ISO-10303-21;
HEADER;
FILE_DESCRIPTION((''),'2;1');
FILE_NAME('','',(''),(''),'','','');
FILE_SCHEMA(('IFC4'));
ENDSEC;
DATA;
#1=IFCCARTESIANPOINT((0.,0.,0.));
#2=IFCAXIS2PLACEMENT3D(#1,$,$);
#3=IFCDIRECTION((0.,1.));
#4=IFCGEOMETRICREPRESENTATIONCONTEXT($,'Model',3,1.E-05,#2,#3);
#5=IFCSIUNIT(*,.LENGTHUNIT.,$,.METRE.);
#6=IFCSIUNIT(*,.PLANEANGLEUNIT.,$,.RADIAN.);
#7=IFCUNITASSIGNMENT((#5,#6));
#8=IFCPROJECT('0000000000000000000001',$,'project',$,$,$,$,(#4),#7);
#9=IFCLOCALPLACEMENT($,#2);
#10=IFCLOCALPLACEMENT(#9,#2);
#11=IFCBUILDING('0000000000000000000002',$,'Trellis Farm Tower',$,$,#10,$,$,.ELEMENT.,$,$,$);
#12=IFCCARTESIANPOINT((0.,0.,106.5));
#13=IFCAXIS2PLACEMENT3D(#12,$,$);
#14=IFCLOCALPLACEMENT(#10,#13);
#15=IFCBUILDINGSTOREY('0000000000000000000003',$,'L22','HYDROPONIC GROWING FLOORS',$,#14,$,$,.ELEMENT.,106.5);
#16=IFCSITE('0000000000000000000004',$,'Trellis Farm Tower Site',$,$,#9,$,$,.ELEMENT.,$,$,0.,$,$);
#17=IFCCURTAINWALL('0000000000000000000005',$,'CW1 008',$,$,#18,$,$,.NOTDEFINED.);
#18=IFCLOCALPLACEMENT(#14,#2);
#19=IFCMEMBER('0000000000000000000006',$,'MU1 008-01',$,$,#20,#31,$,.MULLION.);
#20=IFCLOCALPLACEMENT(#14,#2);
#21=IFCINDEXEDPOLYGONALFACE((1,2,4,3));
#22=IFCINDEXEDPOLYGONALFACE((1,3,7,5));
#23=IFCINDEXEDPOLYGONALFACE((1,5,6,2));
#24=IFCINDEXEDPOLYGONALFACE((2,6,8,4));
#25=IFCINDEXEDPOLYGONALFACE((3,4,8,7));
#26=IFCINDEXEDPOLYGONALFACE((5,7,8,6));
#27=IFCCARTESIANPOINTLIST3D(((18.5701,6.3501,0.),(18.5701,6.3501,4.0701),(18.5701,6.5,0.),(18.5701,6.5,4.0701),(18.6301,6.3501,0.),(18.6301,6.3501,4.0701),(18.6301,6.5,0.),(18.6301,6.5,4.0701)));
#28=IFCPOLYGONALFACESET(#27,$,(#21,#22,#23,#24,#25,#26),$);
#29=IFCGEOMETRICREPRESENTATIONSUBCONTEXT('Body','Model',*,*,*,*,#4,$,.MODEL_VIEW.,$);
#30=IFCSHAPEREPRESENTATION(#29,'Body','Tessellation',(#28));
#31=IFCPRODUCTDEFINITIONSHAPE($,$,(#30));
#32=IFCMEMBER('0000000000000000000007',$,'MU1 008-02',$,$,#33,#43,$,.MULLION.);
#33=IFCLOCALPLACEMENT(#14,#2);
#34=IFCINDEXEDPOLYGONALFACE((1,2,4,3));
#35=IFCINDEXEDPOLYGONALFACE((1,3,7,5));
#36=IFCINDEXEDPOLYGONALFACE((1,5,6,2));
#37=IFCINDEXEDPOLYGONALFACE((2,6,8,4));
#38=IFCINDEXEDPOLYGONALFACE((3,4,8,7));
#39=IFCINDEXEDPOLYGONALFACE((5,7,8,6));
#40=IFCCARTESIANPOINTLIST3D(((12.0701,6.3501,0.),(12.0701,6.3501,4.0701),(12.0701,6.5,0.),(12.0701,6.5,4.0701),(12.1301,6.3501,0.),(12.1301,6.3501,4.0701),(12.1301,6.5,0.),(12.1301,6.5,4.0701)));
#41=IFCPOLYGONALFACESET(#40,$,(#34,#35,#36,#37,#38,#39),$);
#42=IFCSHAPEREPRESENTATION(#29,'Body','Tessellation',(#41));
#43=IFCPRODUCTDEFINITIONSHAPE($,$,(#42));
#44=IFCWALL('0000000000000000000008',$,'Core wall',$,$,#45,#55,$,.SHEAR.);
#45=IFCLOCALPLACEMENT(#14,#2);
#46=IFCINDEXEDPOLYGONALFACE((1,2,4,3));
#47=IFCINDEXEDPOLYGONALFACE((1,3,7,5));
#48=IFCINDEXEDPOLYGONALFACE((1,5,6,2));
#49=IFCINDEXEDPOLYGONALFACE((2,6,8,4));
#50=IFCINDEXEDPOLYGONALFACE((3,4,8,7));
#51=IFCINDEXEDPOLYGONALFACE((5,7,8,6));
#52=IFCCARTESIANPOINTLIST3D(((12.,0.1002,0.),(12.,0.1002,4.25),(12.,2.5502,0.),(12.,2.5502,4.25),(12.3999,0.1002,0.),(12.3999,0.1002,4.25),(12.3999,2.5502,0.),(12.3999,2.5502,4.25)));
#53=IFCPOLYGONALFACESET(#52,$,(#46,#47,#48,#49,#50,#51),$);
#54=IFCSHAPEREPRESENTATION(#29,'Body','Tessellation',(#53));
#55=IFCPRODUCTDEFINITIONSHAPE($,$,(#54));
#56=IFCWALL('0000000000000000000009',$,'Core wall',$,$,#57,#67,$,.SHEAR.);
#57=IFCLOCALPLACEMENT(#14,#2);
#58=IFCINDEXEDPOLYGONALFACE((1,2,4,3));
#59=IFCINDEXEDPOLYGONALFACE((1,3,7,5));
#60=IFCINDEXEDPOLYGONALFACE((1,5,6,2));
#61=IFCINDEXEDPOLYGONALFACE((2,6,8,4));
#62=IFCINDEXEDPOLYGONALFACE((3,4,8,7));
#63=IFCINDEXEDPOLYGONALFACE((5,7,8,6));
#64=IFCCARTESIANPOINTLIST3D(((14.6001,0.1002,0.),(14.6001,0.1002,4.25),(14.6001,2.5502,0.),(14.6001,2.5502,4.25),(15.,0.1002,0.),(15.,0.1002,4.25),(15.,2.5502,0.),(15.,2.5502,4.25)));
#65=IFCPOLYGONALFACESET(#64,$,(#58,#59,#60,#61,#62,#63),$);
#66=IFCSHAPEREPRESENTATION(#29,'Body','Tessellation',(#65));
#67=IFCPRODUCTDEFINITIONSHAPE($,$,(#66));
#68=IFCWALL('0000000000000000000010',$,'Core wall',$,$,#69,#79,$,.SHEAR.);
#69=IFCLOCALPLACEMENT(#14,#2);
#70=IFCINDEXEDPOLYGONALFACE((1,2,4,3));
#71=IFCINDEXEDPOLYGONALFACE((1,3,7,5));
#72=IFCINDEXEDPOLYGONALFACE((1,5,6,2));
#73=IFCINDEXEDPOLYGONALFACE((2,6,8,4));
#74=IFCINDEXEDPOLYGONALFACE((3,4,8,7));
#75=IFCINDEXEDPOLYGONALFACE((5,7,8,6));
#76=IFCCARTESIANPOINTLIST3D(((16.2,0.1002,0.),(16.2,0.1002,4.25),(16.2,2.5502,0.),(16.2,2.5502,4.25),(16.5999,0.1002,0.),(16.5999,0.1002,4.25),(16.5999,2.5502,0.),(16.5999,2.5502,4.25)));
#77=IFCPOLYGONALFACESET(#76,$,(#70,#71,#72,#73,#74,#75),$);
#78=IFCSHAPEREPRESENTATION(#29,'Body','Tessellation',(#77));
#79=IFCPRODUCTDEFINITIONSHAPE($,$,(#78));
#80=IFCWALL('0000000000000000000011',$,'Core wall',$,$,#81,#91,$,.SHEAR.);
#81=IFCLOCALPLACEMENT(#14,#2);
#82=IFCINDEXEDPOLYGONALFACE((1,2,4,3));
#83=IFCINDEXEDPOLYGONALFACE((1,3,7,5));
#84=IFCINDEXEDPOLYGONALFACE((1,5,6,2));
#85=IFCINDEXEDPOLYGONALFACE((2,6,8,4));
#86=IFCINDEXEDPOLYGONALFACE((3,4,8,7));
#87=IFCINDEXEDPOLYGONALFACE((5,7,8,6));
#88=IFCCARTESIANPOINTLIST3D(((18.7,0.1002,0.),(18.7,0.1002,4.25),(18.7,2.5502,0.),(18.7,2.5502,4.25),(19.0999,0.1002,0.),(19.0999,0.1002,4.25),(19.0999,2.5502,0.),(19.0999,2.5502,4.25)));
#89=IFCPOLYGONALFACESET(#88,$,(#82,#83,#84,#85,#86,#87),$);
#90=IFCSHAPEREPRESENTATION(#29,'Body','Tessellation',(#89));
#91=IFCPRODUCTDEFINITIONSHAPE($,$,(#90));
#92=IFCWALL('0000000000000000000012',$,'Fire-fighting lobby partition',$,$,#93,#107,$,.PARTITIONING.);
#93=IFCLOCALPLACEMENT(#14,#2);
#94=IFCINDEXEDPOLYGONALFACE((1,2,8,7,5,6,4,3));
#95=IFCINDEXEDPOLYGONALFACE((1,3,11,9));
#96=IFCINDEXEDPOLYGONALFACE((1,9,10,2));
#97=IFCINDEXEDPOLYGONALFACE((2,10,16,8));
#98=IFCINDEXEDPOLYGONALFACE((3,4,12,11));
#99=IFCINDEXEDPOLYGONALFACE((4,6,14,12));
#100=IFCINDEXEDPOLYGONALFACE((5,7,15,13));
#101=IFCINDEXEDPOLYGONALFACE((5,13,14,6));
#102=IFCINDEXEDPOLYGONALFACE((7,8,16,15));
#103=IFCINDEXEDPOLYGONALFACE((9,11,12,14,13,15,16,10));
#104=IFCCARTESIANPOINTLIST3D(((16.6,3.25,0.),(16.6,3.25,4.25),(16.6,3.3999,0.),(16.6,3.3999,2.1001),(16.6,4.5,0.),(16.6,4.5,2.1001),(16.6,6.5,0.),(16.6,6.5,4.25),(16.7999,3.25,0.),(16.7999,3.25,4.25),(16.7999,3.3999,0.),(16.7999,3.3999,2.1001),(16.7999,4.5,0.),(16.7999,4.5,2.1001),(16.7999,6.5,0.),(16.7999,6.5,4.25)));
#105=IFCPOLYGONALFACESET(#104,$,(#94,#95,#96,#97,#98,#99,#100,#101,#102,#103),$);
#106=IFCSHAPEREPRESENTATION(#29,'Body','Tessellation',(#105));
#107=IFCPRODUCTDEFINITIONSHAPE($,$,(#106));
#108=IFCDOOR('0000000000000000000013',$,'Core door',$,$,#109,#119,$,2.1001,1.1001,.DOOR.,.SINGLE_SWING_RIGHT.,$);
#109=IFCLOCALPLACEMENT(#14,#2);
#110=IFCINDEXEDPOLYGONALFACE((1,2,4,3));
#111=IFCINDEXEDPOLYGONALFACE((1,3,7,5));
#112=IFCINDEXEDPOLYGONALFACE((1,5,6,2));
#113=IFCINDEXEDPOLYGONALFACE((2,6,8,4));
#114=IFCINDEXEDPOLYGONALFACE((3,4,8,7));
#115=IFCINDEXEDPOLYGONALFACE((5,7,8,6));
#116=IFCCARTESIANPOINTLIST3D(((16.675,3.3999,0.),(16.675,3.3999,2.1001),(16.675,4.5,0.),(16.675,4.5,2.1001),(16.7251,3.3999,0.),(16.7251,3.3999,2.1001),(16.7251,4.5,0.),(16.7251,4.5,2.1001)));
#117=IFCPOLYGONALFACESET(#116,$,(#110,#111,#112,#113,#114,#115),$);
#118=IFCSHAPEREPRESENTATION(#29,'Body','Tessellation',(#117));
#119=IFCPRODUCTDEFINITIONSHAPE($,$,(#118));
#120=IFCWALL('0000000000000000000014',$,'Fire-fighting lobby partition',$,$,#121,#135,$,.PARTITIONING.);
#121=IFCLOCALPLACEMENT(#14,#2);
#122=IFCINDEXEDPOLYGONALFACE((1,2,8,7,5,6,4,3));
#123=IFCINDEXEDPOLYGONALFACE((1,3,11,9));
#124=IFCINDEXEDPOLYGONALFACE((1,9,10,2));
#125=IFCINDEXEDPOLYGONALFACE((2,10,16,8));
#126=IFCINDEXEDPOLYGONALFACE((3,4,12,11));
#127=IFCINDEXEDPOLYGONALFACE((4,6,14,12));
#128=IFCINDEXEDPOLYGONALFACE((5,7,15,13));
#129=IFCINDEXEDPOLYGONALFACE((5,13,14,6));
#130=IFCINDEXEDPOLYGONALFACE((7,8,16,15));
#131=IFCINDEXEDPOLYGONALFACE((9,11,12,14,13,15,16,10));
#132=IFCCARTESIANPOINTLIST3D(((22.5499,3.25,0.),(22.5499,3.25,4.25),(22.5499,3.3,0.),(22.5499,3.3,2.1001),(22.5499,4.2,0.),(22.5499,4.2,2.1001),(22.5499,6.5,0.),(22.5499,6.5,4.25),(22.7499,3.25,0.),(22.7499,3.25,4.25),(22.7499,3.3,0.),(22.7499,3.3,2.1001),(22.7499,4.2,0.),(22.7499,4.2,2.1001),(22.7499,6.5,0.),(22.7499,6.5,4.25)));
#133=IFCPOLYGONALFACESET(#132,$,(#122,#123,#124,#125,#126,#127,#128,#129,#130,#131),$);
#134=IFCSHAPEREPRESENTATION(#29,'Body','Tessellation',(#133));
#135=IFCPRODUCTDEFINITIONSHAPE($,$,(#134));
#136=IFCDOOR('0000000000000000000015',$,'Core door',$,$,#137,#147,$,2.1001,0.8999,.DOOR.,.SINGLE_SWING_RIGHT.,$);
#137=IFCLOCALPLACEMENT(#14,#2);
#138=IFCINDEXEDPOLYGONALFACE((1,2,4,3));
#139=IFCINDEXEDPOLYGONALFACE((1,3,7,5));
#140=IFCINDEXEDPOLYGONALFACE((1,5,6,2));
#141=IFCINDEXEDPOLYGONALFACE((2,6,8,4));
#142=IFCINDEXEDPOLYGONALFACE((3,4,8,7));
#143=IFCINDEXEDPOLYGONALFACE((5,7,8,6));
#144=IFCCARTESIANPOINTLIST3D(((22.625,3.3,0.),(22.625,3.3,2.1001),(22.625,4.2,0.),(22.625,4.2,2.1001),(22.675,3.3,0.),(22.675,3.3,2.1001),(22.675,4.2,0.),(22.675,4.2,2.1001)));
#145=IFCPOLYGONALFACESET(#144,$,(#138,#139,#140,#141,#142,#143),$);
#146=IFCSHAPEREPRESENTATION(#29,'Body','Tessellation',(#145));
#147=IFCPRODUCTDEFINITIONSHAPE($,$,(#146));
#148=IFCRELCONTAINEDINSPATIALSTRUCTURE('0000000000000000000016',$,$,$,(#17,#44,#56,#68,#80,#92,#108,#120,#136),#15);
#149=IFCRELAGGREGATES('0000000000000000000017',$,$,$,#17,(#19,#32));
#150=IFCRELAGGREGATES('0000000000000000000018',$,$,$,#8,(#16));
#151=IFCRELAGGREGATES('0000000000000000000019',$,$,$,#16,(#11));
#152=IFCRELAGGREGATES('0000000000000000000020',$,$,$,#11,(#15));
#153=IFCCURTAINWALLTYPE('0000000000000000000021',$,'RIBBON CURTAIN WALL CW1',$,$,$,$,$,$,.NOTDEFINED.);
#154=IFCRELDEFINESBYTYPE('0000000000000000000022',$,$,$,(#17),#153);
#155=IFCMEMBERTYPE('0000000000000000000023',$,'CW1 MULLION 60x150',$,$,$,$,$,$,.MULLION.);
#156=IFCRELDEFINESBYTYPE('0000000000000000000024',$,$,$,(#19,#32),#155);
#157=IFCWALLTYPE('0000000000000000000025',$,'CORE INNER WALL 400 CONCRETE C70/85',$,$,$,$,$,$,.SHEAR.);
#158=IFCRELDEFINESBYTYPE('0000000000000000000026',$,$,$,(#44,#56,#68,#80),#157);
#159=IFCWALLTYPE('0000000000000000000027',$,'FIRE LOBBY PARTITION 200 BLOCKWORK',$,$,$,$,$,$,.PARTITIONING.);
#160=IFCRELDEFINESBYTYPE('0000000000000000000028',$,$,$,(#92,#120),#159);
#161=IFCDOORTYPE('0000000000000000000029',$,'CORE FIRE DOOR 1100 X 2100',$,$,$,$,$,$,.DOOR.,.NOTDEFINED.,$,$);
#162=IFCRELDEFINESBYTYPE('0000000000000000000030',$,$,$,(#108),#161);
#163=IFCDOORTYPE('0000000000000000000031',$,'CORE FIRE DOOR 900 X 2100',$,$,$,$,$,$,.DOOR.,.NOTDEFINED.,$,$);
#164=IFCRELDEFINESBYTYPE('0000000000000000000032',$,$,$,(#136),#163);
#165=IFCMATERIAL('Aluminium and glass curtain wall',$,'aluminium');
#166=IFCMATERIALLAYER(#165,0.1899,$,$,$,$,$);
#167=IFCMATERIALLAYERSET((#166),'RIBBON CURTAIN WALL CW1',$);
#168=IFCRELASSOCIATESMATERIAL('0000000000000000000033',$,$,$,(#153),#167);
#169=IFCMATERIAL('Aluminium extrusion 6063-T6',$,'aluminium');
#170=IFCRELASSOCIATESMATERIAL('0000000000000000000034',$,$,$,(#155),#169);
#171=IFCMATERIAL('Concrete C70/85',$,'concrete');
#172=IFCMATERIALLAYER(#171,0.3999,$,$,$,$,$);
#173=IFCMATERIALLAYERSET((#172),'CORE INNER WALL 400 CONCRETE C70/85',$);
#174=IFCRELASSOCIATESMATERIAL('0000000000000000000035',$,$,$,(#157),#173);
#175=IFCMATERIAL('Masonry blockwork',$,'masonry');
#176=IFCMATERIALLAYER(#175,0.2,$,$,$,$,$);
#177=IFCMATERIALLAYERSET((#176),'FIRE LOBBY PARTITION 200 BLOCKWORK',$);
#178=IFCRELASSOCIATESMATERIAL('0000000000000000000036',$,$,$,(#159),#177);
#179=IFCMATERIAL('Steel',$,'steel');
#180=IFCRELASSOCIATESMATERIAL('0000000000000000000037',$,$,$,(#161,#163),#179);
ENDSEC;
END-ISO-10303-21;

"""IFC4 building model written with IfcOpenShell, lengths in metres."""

from ifc_helpers import new_model, si_unit, direction, frame, frame_2d, origin, origin_2d, place, context, subcontext, project, spatial, rectangle, extrude, source, transform, mapped, material, layer, layer_set, material_profile, profile_set, type_object, element, fill, aggregate, save


model = new_model("IFC4")

# Units and contexts
model_context = context("Model", 3, precision=1e-05, world=origin(), true_north=direction((0.0, 1.0)))
body_context = subcontext(model_context, "Body", "Model", "MODEL_VIEW")
ifc_project = project(units=[si_unit("LENGTHUNIT", "METRE"), si_unit("PLANEANGLEUNIT", "RADIAN")], contexts=[model_context])

# Site, building, storey
site_placement = place(None, origin())
site = spatial("IfcSite", under=ifc_project, at=site_placement, Name="Trellis Farm Tower Site", CompositionType="ELEMENT", RefElevation=0.0)
building_placement = place(site_placement, origin())
building = spatial("IfcBuilding", under=site, at=building_placement, Name="Trellis Farm Tower", CompositionType="ELEMENT")
storey_placement = place(building_placement, frame((0.0, 0.0, 106.5)))
storey = spatial("IfcBuildingStorey", under=building, at=storey_placement, Name="L22", Description="HYDROPONIC GROWING FLOORS", CompositionType="ELEMENT", Elevation=106.5)

# Curtain wall, members
ifc_material_1 = material(Name="Aluminium and glass curtain wall", Category="aluminium")
ifc_layer_1 = layer(ifc_material_1, 0.1899)
ifc_layer_set_1 = layer_set([ifc_layer_1], Name="RIBBON CURTAIN WALL CW1")
curtain_wall_type = type_object("IfcCurtainWallType", Name="RIBBON CURTAIN WALL CW1", PredefinedType="NOTDEFINED", material=ifc_layer_set_1)
placement = place(storey_placement, origin())
ifc_material_2 = material(Name="Aluminium extrusion 6063-T6", Category="aluminium")
ifc_material_profile_1 = material_profile(ifc_material_2, rectangle(XDim=0.0601, YDim=0.1499, at=origin_2d()), Name="MULLION 60x150")
ifc_profile_set_1 = profile_set([ifc_material_profile_1], Name="Aluminium extrusion 6063-T6")
member_type = type_object("IfcMemberType", Name="CW1 MULLION 60x150", PredefinedType="MULLION", material=ifc_profile_set_1)
shared_shape_1 = source(origin(), body_context, "Body", "SweptSolid", [
    extrude(rectangle(XDim=0.0601, YDim=0.1499, at=origin_2d()), origin(), (0.0, 0.0, 1.0), 4.0701),
])
curtain_wall_1 = element("IfcCurtainWall", 1, at=placement, inside=storey, type_object=curtain_wall_type, Name="CW1 008", PredefinedType="NOTDEFINED")
member_1_placement = place(storey_placement, frame((18.6001, 6.425, 0.0), z_axis=(0.0, 0.0, 1.0), x_axis=(-1.0, 0.0, 0.0)))
member_1 = element("IfcMember", 2, at=member_1_placement, type_object=member_type, Name="MU1 008-01", PredefinedType="MULLION", context=body_context, shape_type="MappedRepresentation", body=[
    mapped(shared_shape_1, transform((0.0, 0.0, 0.0))),
])
member_2_placement = place(storey_placement, frame((12.1001, 6.425, 0.0), z_axis=(0.0, 0.0, 1.0), x_axis=(-1.0, 0.0, 0.0)))
member_2 = element("IfcMember", 3, at=member_2_placement, type_object=member_type, Name="MU1 008-02", PredefinedType="MULLION", context=body_context, shape_type="MappedRepresentation", body=[
    mapped(shared_shape_1, transform((0.0, 0.0, 0.0))),
])
aggregate(curtain_wall_1, [member_1, member_2])

# Walls
ifc_material_3 = material(Name="Concrete C70/85", Category="concrete")
ifc_layer_2 = layer(ifc_material_3, 0.3999)
ifc_layer_set_2 = layer_set([ifc_layer_2], Name="CORE INNER WALL 400 CONCRETE C70/85")
wall_type_1 = type_object("IfcWallType", Name="CORE INNER WALL 400 CONCRETE C70/85", PredefinedType="SHEAR", material=ifc_layer_set_2)
shared_shape_2 = source(origin(), body_context, "Body", "SweptSolid", [
    extrude(rectangle(XDim=2.45, YDim=0.3999, at=frame_2d((1.2251, 0.0))), origin(), (0.0, 0.0, 1.0), 4.25),
])
for number, where, z_axis, x_axis, name in (
    (4, (12.2, 0.1001, 0.0), (0.0, 0.0, 1.0), (0.0, 1.0, 0.0), "Core wall"),
    (5, (14.8, 0.1001, 0.0), (0.0, 0.0, 1.0), (0.0, 1.0, 0.0), "Core wall"),
    (6, (16.3999, 0.1001, 0.0), (0.0, 0.0, 1.0), (0.0, 1.0, 0.0), "Core wall"),
    (7, (18.8999, 0.1001, 0.0), (0.0, 0.0, 1.0), (0.0, 1.0, 0.0), "Core wall"),
):
    element("IfcWall", number, at=place(storey_placement, frame(where, z_axis=z_axis, x_axis=x_axis)), inside=storey, type_object=wall_type_1, Name=name, PredefinedType="SHEAR", context=body_context, shape_type="MappedRepresentation", body=[
        mapped(shared_shape_2, transform((0.0, 0.0, 0.0))),
    ])

# Walls, openings, doors
ifc_material_4 = material(Name="Masonry blockwork", Category="masonry")
ifc_layer_3 = layer(ifc_material_4, 0.2)
ifc_layer_set_3 = layer_set([ifc_layer_3], Name="FIRE LOBBY PARTITION 200 BLOCKWORK")
wall_type_2 = type_object("IfcWallType", Name="FIRE LOBBY PARTITION 200 BLOCKWORK", PredefinedType="PARTITIONING", material=ifc_layer_set_3)
shared_shape_3 = source(origin(), body_context, "Body", "SweptSolid", [
    extrude(rectangle(XDim=3.25, YDim=0.2, at=frame_2d((1.625, 0.0))), origin(), (0.0, 0.0, 1.0), 4.25),
])
wall_1_placement = place(storey_placement, frame((16.7, 3.25, 0.0), z_axis=(0.0, 0.0, 1.0), x_axis=(0.0, 1.0, 0.0)))
wall_1 = element("IfcWall", 8, at=wall_1_placement, inside=storey, type_object=wall_type_2, Name="Fire-fighting lobby partition", PredefinedType="PARTITIONING", context=body_context, shape_type="MappedRepresentation", body=[
    mapped(shared_shape_3, transform((0.0, 0.0, 0.0))),
])
shared_shape_4 = source(origin(), body_context, "Body", "SweptSolid", [
    extrude(rectangle(XDim=1.1001, YDim=2.1001, at=frame_2d((0.55, 1.05))), frame((0.0, 0.1101, 0.0), z_axis=(0.0, -1.0, 0.0), x_axis=(1.0, 0.0, 0.0)), (0.0, 0.0, 1.0), 0.2202),
])
opening_1_placement = place(wall_1_placement, frame((0.1499, 0.0, 0.0)))
opening_1 = element("IfcOpeningElement", 9, at=opening_1_placement, cuts=wall_1, PredefinedType="OPENING", context=body_context, shape_type="MappedRepresentation", body=[
    mapped(shared_shape_4, transform((0.0, 0.0, 0.0))),
])
ifc_material_5 = material(Name="Steel", Category="steel")
door_type_1 = type_object("IfcDoorType", Name="CORE FIRE DOOR 1100 X 2100", OperationType="NOTDEFINED", PredefinedType="DOOR", material=ifc_material_5)
shared_shape_5 = source(origin(), body_context, "Body", "SweptSolid", [
    extrude(rectangle(XDim=1.1001, YDim=2.1001, at=frame_2d((0.55, 1.05))), frame((0.0, 0.0249, 0.0), z_axis=(0.0, -1.0, 0.0), x_axis=(1.0, 0.0, 0.0)), (0.0, 0.0, 1.0), 0.05),
])
door_1_placement = place(opening_1_placement, origin())
door_1 = element("IfcDoor", 10, at=door_1_placement, inside=storey, type_object=door_type_1, Name="Core door", OperationType="SINGLE_SWING_RIGHT", OverallHeight=2.1001, OverallWidth=1.1001, PredefinedType="DOOR", context=body_context, shape_type="MappedRepresentation", body=[
    mapped(shared_shape_5, transform((0.0, 0.0, 0.0))),
])
fill(opening_1, door_1)
wall_2_placement = place(storey_placement, frame((22.6499, 3.25, 0.0), z_axis=(0.0, 0.0, 1.0), x_axis=(0.0, 1.0, 0.0)))
wall_2 = element("IfcWall", 11, at=wall_2_placement, inside=storey, type_object=wall_type_2, Name="Fire-fighting lobby partition", PredefinedType="PARTITIONING", context=body_context, shape_type="MappedRepresentation", body=[
    mapped(shared_shape_3, transform((0.0, 0.0, 0.0))),
])
shared_shape_6 = source(origin(), body_context, "Body", "SweptSolid", [
    extrude(rectangle(XDim=0.8999, YDim=2.1001, at=frame_2d((0.45, 1.05))), frame((0.0, 0.1101, 0.0), z_axis=(0.0, -1.0, 0.0), x_axis=(1.0, 0.0, 0.0)), (0.0, 0.0, 1.0), 0.2202),
])
opening_2_placement = place(wall_2_placement, frame((0.05, 0.0, 0.0)))
opening_2 = element("IfcOpeningElement", 12, at=opening_2_placement, cuts=wall_2, PredefinedType="OPENING", context=body_context, shape_type="MappedRepresentation", body=[
    mapped(shared_shape_6, transform((0.0, 0.0, 0.0))),
])
door_type_2 = type_object("IfcDoorType", Name="CORE FIRE DOOR 900 X 2100", OperationType="NOTDEFINED", PredefinedType="DOOR", material=ifc_material_5)
shared_shape_7 = source(origin(), body_context, "Body", "SweptSolid", [
    extrude(rectangle(XDim=0.8999, YDim=2.1001, at=frame_2d((0.45, 1.05))), frame((0.0, 0.0249, 0.0), z_axis=(0.0, -1.0, 0.0), x_axis=(1.0, 0.0, 0.0)), (0.0, 0.0, 1.0), 0.05),
])
door_2_placement = place(opening_2_placement, origin())
door_2 = element("IfcDoor", 13, at=door_2_placement, inside=storey, type_object=door_type_2, Name="Core door", OperationType="SINGLE_SWING_RIGHT", OverallHeight=2.1001, OverallWidth=0.8999, PredefinedType="DOOR", context=body_context, shape_type="MappedRepresentation", body=[
    mapped(shared_shape_7, transform((0.0, 0.0, 0.0))),
])
fill(opening_2, door_2)

save(model, "model.ifc")
